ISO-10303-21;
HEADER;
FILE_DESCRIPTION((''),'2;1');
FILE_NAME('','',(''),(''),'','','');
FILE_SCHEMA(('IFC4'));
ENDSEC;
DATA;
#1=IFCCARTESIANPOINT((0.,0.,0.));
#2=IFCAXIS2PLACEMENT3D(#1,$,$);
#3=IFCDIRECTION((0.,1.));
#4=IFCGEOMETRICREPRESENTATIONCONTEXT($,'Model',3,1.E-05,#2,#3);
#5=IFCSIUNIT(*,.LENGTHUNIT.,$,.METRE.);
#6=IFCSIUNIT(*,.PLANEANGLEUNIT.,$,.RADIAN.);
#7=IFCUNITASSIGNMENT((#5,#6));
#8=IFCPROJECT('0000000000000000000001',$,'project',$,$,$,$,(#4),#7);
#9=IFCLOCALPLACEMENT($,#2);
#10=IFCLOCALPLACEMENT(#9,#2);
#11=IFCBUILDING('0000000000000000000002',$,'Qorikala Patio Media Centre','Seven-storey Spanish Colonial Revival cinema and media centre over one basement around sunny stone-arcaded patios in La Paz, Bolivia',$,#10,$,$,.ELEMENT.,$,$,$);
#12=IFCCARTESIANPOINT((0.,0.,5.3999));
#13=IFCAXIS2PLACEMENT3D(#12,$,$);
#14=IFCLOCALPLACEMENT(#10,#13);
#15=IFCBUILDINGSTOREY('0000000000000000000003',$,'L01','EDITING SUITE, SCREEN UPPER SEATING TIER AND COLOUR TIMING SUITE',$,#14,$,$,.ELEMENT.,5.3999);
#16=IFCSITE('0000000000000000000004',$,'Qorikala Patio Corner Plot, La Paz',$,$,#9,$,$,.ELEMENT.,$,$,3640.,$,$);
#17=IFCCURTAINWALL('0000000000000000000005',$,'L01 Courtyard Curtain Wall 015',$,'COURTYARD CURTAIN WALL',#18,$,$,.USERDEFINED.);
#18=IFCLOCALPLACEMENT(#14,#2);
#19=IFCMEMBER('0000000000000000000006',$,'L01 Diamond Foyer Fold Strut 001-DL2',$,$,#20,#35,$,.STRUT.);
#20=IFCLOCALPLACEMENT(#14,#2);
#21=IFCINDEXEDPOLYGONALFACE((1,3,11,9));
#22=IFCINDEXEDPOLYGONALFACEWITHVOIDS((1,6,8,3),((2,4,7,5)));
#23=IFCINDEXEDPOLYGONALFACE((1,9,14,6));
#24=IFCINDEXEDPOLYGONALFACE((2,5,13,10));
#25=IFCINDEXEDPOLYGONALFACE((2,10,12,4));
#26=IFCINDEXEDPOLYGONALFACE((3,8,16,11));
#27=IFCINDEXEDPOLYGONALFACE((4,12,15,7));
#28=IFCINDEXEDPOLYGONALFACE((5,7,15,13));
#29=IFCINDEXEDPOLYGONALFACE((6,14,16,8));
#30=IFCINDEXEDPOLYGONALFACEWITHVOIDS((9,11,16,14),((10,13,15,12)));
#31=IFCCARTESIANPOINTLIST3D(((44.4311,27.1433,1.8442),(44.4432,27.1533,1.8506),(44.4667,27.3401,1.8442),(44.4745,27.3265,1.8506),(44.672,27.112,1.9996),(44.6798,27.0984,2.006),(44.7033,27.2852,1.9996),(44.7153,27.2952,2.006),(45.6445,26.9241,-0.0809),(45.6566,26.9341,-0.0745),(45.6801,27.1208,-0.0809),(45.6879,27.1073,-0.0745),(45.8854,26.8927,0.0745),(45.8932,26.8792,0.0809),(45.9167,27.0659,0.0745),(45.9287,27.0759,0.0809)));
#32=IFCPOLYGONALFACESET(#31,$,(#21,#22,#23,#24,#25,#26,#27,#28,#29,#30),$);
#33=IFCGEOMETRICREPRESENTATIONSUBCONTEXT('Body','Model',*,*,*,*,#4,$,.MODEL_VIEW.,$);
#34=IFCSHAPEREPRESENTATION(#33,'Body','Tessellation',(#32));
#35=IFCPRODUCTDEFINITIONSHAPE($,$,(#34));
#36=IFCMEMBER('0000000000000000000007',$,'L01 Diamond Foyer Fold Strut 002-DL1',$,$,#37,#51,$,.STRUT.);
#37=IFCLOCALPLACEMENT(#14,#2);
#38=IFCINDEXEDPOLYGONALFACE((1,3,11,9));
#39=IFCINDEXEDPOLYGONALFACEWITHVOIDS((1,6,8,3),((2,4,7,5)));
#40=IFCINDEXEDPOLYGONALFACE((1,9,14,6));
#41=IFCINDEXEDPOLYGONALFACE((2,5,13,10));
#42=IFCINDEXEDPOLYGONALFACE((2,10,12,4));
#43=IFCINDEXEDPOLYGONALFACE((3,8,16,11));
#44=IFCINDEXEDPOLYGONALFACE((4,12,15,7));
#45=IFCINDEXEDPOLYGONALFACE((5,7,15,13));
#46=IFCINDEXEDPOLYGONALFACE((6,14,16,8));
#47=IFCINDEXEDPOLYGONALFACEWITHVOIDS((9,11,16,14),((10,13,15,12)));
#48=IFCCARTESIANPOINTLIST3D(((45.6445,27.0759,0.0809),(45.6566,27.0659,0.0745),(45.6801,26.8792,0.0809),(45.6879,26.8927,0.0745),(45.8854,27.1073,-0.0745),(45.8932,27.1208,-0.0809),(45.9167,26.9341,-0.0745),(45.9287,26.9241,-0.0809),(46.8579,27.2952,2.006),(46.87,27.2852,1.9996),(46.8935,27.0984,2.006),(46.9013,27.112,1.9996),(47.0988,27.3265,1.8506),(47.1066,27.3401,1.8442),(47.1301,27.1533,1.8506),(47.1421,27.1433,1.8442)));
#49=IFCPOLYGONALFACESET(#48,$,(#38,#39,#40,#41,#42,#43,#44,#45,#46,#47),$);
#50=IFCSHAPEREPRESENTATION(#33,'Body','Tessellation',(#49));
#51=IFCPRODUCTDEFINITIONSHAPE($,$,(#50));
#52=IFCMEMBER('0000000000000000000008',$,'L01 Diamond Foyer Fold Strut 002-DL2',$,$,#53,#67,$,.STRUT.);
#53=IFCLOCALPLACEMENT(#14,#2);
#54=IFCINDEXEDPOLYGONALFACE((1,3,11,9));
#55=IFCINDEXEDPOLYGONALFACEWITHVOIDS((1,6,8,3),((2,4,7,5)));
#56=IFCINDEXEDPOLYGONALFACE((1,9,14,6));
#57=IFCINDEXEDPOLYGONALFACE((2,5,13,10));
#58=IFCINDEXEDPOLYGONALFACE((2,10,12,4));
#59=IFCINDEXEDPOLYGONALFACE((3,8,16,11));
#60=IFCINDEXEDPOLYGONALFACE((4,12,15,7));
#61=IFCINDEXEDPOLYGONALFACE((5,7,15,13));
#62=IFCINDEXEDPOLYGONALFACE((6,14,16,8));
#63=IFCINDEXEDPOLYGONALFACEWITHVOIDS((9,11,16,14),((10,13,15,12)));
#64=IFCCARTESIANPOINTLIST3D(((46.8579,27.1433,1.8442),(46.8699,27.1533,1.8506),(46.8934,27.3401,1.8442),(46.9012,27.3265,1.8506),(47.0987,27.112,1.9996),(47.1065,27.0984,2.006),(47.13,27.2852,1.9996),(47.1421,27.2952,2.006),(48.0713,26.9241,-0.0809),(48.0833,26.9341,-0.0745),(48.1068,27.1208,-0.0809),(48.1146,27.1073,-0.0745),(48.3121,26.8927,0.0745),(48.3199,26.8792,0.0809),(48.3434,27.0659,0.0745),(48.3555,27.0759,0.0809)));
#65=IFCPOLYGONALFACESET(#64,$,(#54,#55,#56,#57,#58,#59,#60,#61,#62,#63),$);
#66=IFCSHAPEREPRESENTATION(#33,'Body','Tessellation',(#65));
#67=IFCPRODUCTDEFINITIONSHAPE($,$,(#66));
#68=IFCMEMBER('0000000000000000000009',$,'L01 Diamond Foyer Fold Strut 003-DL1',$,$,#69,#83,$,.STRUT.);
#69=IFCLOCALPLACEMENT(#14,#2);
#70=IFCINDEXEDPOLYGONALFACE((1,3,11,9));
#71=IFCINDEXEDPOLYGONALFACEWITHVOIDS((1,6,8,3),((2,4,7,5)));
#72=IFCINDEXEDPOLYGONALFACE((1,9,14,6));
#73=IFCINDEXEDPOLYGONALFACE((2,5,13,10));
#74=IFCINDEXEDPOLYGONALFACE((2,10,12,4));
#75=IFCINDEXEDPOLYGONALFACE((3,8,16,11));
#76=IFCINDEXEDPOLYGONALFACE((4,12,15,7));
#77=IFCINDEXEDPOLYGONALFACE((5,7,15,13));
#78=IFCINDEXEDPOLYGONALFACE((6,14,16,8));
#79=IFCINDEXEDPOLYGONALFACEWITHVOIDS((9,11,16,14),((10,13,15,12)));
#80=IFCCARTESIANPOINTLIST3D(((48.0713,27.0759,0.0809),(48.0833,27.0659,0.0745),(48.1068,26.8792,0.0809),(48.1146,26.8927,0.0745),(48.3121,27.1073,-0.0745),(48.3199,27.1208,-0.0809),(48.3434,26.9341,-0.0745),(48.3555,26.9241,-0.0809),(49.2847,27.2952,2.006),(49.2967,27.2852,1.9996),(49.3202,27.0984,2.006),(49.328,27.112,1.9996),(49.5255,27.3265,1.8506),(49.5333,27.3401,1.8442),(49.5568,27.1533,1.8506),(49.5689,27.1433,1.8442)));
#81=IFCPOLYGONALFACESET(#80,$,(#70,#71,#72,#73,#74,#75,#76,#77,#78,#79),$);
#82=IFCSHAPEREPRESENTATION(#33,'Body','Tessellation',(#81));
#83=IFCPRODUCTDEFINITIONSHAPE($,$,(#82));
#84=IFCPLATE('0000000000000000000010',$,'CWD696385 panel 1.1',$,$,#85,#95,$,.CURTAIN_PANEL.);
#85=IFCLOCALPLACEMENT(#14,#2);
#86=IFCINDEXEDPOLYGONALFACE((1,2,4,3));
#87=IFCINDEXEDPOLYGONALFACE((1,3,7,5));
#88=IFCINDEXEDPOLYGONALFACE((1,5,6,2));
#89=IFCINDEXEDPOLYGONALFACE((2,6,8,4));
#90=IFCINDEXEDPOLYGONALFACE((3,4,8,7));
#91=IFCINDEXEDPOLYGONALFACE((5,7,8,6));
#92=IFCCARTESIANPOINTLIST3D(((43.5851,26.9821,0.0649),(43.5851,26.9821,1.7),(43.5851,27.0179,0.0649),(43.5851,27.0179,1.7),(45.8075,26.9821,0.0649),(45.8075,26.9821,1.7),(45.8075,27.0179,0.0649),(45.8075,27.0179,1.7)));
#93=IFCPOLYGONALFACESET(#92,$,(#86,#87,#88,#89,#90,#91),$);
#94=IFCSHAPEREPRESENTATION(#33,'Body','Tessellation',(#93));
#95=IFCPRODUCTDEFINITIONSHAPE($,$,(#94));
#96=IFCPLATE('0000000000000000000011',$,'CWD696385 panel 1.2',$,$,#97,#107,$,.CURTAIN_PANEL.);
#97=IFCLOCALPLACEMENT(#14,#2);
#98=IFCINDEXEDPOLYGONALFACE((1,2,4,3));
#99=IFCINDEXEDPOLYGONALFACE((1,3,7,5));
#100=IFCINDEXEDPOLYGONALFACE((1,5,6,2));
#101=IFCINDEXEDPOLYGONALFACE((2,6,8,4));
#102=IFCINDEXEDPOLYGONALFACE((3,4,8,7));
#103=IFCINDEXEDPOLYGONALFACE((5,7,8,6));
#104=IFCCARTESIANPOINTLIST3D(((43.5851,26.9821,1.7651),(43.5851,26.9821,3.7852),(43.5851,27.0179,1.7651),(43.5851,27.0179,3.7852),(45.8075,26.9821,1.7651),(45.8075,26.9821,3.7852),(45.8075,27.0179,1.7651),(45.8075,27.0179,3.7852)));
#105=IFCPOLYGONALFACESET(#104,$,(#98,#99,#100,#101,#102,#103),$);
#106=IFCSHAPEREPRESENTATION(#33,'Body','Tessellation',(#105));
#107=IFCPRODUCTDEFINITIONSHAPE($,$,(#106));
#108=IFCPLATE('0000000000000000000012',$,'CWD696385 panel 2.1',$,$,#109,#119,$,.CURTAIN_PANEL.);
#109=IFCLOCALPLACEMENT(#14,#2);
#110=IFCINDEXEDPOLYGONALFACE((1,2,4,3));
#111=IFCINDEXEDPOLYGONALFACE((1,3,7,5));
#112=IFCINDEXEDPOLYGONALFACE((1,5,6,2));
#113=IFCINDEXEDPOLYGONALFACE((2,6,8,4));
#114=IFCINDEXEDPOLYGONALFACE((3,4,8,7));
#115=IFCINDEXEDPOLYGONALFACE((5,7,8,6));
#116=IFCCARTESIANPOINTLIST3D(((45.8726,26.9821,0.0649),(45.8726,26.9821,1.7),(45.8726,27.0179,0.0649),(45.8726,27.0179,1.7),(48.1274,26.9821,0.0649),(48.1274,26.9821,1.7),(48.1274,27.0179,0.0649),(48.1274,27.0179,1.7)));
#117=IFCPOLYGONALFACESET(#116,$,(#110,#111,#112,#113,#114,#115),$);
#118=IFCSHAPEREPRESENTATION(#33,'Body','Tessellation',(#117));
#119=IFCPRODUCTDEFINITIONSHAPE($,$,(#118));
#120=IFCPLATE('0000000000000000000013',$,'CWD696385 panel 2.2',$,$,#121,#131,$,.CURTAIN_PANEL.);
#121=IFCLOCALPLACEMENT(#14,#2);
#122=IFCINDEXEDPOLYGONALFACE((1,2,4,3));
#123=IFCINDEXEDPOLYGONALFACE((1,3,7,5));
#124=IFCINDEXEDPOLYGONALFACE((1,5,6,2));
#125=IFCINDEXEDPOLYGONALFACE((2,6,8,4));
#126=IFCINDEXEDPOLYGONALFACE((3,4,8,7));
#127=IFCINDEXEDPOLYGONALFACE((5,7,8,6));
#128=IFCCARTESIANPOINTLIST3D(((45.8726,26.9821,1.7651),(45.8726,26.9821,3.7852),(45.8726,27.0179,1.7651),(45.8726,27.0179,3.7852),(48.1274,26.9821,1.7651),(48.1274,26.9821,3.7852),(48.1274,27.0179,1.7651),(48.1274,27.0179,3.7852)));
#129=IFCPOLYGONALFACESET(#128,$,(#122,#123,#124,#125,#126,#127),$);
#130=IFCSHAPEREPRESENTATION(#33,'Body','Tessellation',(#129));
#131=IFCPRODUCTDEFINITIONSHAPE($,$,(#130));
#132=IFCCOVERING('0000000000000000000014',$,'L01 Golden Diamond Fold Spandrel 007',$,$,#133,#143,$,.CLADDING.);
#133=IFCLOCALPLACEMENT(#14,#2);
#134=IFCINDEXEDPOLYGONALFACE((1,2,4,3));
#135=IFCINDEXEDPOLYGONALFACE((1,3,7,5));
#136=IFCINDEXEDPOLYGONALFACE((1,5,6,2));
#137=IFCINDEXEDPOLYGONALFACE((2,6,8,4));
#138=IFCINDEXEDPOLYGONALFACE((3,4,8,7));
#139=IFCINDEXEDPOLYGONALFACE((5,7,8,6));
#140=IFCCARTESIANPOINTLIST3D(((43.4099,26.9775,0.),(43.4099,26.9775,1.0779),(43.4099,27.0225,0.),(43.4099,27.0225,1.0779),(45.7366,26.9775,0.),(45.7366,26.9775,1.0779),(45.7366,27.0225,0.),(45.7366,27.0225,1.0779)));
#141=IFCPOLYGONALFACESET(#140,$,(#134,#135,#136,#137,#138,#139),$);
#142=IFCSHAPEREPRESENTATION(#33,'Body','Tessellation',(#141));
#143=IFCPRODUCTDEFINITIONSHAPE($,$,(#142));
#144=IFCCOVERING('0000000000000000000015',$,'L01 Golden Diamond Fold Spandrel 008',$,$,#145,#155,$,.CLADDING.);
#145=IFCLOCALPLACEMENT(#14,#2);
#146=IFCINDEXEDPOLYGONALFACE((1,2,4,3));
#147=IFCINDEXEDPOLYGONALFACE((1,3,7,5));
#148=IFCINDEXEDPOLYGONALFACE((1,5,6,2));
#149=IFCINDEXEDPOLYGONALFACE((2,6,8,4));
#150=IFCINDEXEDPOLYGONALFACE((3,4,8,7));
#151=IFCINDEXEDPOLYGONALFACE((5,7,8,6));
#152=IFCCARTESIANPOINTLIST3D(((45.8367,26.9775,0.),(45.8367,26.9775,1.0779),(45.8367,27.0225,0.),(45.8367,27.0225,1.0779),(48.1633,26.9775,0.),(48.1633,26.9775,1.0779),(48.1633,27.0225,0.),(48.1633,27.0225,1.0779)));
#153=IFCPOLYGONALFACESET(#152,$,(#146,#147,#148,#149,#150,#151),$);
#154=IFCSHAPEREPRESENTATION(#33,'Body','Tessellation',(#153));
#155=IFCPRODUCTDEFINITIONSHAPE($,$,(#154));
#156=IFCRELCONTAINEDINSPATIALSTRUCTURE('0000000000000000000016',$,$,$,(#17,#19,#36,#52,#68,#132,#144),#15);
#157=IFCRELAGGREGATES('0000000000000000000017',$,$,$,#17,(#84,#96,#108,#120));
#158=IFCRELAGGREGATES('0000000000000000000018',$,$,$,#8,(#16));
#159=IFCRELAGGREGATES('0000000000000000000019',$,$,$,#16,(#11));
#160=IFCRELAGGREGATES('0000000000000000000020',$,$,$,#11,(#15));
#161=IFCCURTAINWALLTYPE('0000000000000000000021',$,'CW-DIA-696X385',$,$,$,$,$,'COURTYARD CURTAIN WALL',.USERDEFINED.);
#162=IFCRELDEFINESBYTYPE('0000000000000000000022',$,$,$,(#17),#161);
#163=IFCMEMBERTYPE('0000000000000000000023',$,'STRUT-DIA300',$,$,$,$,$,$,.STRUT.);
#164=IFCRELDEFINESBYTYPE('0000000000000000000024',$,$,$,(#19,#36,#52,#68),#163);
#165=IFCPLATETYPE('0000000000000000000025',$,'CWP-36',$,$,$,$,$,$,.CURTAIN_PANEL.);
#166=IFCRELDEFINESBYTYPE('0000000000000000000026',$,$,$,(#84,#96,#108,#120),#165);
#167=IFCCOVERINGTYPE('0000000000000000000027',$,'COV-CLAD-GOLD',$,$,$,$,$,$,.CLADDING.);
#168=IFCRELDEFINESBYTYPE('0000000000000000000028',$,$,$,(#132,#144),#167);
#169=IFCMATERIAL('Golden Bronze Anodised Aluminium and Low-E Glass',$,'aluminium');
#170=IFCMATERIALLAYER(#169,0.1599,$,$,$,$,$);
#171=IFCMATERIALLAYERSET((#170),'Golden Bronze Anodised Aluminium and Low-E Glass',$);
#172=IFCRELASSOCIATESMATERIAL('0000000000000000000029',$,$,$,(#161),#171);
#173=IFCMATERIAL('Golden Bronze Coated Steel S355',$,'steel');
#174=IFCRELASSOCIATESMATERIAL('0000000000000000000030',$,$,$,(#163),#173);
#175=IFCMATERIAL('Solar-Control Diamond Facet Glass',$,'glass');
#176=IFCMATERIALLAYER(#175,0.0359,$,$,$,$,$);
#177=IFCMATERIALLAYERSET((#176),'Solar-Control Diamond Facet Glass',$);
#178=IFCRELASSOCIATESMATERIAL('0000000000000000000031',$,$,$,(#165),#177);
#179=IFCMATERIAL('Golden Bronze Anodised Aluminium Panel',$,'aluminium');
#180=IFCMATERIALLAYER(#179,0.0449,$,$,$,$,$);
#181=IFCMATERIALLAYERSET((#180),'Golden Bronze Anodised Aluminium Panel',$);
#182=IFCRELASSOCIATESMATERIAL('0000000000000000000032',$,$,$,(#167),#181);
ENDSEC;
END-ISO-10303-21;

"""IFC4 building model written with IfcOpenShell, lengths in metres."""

from ifc_helpers import new_model, si_unit, direction, frame, origin, origin_2d, place, context, subcontext, project, spatial, rectangle, hollow_rectangle, extrude, material, layer, layer_set, material_profile, profile_set, type_object, element, aggregate, save


model = new_model("IFC4")

# Units and contexts
model_context = context("Model", 3, precision=1e-05, world=origin(), true_north=direction((0.0, 1.0)))
body_context = subcontext(model_context, "Body", "Model", "MODEL_VIEW")
ifc_project = project(units=[si_unit("LENGTHUNIT", "METRE"), si_unit("PLANEANGLEUNIT", "RADIAN")], contexts=[model_context])

# Site, building, storey
site_placement = place(None, origin())
site = spatial("IfcSite", under=ifc_project, at=site_placement, Name="Qorikala Patio Corner Plot, La Paz", CompositionType="ELEMENT", RefElevation=3640.0)
building_placement = place(site_placement, origin())
building = spatial("IfcBuilding", under=site, at=building_placement, Name="Qorikala Patio Media Centre", Description="Seven-storey Spanish Colonial Revival cinema and media centre over one basement around sunny stone-arcaded patios in La Paz, Bolivia", CompositionType="ELEMENT")
storey_placement = place(building_placement, frame((0.0, 0.0, 5.3999)))
storey = spatial("IfcBuildingStorey", under=building, at=storey_placement, Name="L01", Description="EDITING SUITE, SCREEN UPPER SEATING TIER AND COLOUR TIMING SUITE", CompositionType="ELEMENT", Elevation=5.3999)

# Shared definitions
ifc_material_1 = material(Name="Golden Bronze Coated Steel S355", Category="steel")

# Curtain wall
ifc_material_2 = material(Name="Golden Bronze Anodised Aluminium and Low-E Glass", Category="aluminium")
ifc_layer_1 = layer(ifc_material_2, 0.1599)
ifc_layer_set_1 = layer_set([ifc_layer_1], Name="Golden Bronze Anodised Aluminium and Low-E Glass")
curtain_wall_type = type_object("IfcCurtainWallType", Name="CW-DIA-696X385", ElementType="COURTYARD CURTAIN WALL", PredefinedType="USERDEFINED", material=ifc_layer_set_1)
curtain_wall_placement = place(storey_placement, origin())
curtain_wall = element("IfcCurtainWall", 1, at=curtain_wall_placement, inside=storey, type_object=curtain_wall_type, Name="L01 Courtyard Curtain Wall 015", ObjectType="COURTYARD CURTAIN WALL", PredefinedType="USERDEFINED")

# Members
ifc_material_profile_1 = material_profile(ifc_material_1, hollow_rectangle(XDim=0.2, YDim=0.3, WallThickness=0.012, at=origin_2d()), Name="HSS300X200X12")
ifc_profile_set_1 = profile_set([ifc_material_profile_1], Name="Golden Bronze Coated Steel S355")
member_type_1 = type_object("IfcMemberType", Name="STRUT-DIA300", PredefinedType="STRUT", material=ifc_profile_set_1)
for number, where, z_axis, x_axis, name in (
    (2, (45.7866, 27.0, 0.0), (-0.530768, 0.095901, 0.842074), (-0.177805, -0.984066, 0.0), "L01 Diamond Foyer Fold Strut 001-DL2"),
    (3, (45.7866, 27.0, 0.0), (0.530768, 0.095901, 0.842074), (-0.177805, 0.984066, 0.0), "L01 Diamond Foyer Fold Strut 002-DL1"),
    (4, (48.2134, 27.0, 0.0), (-0.530768, 0.095901, 0.842074), (-0.177805, -0.984066, 0.0), "L01 Diamond Foyer Fold Strut 002-DL2"),
    (5, (48.2134, 27.0, 0.0), (0.530768, 0.095901, 0.842074), (-0.177805, 0.984066, 0.0), "L01 Diamond Foyer Fold Strut 003-DL1"),
):
    element("IfcMember", number, at=place(storey_placement, frame(where, z_axis=z_axis, x_axis=x_axis)), inside=storey, type_object=member_type_1, Name=name, PredefinedType="STRUT", context=body_context, shape_type="SweptSolid", body=[
        extrude(hollow_rectangle(XDim=0.2, YDim=0.3, WallThickness=0.012, at=origin_2d()), origin(), (0.0, 0.0, 1.0), 2.2861),
    ])

# Plates
ifc_material_3 = material(Name="Solar-Control Diamond Facet Glass", Category="glass")
ifc_layer_2 = layer(ifc_material_3, 0.0359)
ifc_layer_set_2 = layer_set([ifc_layer_2], Name="Solar-Control Diamond Facet Glass")
plate_type = type_object("IfcPlateType", Name="CWP-36", PredefinedType="CURTAIN_PANEL", material=ifc_layer_set_2)
plate_1_placement = place(storey_placement, frame((44.6963, 27.0, 0.0649), z_axis=(0.0, 0.0, 1.0), x_axis=(1.0, 0.0, 0.0)))
plate_1 = element("IfcPlate", 6, at=plate_1_placement, type_object=plate_type, Name="CWD696385 panel 1.1", PredefinedType="CURTAIN_PANEL", context=body_context, shape_type="SweptSolid", body=[
    extrude(rectangle(XDim=2.2224, YDim=0.0359, at=origin_2d()), origin(), (0.0, 0.0, 1.0), 1.635),
])
plate_2_placement = place(storey_placement, frame((44.6963, 27.0, 1.7651), z_axis=(0.0, 0.0, 1.0), x_axis=(1.0, 0.0, 0.0)))
plate_2 = element("IfcPlate", 7, at=plate_2_placement, type_object=plate_type, Name="CWD696385 panel 1.2", PredefinedType="CURTAIN_PANEL", context=body_context, shape_type="SweptSolid", body=[
    extrude(rectangle(XDim=2.2224, YDim=0.0359, at=origin_2d()), origin(), (0.0, 0.0, 1.0), 2.02),
])
plate_3_placement = place(storey_placement, frame((47.0, 27.0, 0.0649), z_axis=(0.0, 0.0, 1.0), x_axis=(1.0, 0.0, 0.0)))
plate_3 = element("IfcPlate", 8, at=plate_3_placement, type_object=plate_type, Name="CWD696385 panel 2.1", PredefinedType="CURTAIN_PANEL", context=body_context, shape_type="SweptSolid", body=[
    extrude(rectangle(XDim=2.2549, YDim=0.0359, at=origin_2d()), origin(), (0.0, 0.0, 1.0), 1.635),
])
plate_4_placement = place(storey_placement, frame((47.0, 27.0, 1.7651), z_axis=(0.0, 0.0, 1.0), x_axis=(1.0, 0.0, 0.0)))
plate_4 = element("IfcPlate", 9, at=plate_4_placement, type_object=plate_type, Name="CWD696385 panel 2.2", PredefinedType="CURTAIN_PANEL", context=body_context, shape_type="SweptSolid", body=[
    extrude(rectangle(XDim=2.2549, YDim=0.0359, at=origin_2d()), origin(), (0.0, 0.0, 1.0), 2.02),
])
aggregate(curtain_wall, [plate_1, plate_2, plate_3, plate_4])

# Coverings
ifc_material_4 = material(Name="Golden Bronze Anodised Aluminium Panel", Category="aluminium")
ifc_layer_3 = layer(ifc_material_4, 0.0449)
ifc_layer_set_3 = layer_set([ifc_layer_3], Name="Golden Bronze Anodised Aluminium Panel")
covering_type = type_object("IfcCoveringType", Name="COV-CLAD-GOLD", PredefinedType="CLADDING", material=ifc_layer_set_3)
for number, where, z_axis, x_axis, name in (
    (10, (44.5732, 27.0, 0.0), (0.0, 0.0, 1.0), (1.0, 0.0, 0.0), "L01 Golden Diamond Fold Spandrel 007"),
    (11, (47.0, 27.0, 0.0), (0.0, 0.0, 1.0), (1.0, 0.0, 0.0), "L01 Golden Diamond Fold Spandrel 008"),
):
    element("IfcCovering", number, at=place(storey_placement, frame(where, z_axis=z_axis, x_axis=x_axis)), inside=storey, type_object=covering_type, Name=name, PredefinedType="CLADDING", context=body_context, shape_type="SweptSolid", body=[
        extrude(rectangle(XDim=2.3267, YDim=0.0449, at=origin_2d()), origin(), (0.0, 0.0, 1.0), 1.0779),
    ])

save(model, "model.ifc")
